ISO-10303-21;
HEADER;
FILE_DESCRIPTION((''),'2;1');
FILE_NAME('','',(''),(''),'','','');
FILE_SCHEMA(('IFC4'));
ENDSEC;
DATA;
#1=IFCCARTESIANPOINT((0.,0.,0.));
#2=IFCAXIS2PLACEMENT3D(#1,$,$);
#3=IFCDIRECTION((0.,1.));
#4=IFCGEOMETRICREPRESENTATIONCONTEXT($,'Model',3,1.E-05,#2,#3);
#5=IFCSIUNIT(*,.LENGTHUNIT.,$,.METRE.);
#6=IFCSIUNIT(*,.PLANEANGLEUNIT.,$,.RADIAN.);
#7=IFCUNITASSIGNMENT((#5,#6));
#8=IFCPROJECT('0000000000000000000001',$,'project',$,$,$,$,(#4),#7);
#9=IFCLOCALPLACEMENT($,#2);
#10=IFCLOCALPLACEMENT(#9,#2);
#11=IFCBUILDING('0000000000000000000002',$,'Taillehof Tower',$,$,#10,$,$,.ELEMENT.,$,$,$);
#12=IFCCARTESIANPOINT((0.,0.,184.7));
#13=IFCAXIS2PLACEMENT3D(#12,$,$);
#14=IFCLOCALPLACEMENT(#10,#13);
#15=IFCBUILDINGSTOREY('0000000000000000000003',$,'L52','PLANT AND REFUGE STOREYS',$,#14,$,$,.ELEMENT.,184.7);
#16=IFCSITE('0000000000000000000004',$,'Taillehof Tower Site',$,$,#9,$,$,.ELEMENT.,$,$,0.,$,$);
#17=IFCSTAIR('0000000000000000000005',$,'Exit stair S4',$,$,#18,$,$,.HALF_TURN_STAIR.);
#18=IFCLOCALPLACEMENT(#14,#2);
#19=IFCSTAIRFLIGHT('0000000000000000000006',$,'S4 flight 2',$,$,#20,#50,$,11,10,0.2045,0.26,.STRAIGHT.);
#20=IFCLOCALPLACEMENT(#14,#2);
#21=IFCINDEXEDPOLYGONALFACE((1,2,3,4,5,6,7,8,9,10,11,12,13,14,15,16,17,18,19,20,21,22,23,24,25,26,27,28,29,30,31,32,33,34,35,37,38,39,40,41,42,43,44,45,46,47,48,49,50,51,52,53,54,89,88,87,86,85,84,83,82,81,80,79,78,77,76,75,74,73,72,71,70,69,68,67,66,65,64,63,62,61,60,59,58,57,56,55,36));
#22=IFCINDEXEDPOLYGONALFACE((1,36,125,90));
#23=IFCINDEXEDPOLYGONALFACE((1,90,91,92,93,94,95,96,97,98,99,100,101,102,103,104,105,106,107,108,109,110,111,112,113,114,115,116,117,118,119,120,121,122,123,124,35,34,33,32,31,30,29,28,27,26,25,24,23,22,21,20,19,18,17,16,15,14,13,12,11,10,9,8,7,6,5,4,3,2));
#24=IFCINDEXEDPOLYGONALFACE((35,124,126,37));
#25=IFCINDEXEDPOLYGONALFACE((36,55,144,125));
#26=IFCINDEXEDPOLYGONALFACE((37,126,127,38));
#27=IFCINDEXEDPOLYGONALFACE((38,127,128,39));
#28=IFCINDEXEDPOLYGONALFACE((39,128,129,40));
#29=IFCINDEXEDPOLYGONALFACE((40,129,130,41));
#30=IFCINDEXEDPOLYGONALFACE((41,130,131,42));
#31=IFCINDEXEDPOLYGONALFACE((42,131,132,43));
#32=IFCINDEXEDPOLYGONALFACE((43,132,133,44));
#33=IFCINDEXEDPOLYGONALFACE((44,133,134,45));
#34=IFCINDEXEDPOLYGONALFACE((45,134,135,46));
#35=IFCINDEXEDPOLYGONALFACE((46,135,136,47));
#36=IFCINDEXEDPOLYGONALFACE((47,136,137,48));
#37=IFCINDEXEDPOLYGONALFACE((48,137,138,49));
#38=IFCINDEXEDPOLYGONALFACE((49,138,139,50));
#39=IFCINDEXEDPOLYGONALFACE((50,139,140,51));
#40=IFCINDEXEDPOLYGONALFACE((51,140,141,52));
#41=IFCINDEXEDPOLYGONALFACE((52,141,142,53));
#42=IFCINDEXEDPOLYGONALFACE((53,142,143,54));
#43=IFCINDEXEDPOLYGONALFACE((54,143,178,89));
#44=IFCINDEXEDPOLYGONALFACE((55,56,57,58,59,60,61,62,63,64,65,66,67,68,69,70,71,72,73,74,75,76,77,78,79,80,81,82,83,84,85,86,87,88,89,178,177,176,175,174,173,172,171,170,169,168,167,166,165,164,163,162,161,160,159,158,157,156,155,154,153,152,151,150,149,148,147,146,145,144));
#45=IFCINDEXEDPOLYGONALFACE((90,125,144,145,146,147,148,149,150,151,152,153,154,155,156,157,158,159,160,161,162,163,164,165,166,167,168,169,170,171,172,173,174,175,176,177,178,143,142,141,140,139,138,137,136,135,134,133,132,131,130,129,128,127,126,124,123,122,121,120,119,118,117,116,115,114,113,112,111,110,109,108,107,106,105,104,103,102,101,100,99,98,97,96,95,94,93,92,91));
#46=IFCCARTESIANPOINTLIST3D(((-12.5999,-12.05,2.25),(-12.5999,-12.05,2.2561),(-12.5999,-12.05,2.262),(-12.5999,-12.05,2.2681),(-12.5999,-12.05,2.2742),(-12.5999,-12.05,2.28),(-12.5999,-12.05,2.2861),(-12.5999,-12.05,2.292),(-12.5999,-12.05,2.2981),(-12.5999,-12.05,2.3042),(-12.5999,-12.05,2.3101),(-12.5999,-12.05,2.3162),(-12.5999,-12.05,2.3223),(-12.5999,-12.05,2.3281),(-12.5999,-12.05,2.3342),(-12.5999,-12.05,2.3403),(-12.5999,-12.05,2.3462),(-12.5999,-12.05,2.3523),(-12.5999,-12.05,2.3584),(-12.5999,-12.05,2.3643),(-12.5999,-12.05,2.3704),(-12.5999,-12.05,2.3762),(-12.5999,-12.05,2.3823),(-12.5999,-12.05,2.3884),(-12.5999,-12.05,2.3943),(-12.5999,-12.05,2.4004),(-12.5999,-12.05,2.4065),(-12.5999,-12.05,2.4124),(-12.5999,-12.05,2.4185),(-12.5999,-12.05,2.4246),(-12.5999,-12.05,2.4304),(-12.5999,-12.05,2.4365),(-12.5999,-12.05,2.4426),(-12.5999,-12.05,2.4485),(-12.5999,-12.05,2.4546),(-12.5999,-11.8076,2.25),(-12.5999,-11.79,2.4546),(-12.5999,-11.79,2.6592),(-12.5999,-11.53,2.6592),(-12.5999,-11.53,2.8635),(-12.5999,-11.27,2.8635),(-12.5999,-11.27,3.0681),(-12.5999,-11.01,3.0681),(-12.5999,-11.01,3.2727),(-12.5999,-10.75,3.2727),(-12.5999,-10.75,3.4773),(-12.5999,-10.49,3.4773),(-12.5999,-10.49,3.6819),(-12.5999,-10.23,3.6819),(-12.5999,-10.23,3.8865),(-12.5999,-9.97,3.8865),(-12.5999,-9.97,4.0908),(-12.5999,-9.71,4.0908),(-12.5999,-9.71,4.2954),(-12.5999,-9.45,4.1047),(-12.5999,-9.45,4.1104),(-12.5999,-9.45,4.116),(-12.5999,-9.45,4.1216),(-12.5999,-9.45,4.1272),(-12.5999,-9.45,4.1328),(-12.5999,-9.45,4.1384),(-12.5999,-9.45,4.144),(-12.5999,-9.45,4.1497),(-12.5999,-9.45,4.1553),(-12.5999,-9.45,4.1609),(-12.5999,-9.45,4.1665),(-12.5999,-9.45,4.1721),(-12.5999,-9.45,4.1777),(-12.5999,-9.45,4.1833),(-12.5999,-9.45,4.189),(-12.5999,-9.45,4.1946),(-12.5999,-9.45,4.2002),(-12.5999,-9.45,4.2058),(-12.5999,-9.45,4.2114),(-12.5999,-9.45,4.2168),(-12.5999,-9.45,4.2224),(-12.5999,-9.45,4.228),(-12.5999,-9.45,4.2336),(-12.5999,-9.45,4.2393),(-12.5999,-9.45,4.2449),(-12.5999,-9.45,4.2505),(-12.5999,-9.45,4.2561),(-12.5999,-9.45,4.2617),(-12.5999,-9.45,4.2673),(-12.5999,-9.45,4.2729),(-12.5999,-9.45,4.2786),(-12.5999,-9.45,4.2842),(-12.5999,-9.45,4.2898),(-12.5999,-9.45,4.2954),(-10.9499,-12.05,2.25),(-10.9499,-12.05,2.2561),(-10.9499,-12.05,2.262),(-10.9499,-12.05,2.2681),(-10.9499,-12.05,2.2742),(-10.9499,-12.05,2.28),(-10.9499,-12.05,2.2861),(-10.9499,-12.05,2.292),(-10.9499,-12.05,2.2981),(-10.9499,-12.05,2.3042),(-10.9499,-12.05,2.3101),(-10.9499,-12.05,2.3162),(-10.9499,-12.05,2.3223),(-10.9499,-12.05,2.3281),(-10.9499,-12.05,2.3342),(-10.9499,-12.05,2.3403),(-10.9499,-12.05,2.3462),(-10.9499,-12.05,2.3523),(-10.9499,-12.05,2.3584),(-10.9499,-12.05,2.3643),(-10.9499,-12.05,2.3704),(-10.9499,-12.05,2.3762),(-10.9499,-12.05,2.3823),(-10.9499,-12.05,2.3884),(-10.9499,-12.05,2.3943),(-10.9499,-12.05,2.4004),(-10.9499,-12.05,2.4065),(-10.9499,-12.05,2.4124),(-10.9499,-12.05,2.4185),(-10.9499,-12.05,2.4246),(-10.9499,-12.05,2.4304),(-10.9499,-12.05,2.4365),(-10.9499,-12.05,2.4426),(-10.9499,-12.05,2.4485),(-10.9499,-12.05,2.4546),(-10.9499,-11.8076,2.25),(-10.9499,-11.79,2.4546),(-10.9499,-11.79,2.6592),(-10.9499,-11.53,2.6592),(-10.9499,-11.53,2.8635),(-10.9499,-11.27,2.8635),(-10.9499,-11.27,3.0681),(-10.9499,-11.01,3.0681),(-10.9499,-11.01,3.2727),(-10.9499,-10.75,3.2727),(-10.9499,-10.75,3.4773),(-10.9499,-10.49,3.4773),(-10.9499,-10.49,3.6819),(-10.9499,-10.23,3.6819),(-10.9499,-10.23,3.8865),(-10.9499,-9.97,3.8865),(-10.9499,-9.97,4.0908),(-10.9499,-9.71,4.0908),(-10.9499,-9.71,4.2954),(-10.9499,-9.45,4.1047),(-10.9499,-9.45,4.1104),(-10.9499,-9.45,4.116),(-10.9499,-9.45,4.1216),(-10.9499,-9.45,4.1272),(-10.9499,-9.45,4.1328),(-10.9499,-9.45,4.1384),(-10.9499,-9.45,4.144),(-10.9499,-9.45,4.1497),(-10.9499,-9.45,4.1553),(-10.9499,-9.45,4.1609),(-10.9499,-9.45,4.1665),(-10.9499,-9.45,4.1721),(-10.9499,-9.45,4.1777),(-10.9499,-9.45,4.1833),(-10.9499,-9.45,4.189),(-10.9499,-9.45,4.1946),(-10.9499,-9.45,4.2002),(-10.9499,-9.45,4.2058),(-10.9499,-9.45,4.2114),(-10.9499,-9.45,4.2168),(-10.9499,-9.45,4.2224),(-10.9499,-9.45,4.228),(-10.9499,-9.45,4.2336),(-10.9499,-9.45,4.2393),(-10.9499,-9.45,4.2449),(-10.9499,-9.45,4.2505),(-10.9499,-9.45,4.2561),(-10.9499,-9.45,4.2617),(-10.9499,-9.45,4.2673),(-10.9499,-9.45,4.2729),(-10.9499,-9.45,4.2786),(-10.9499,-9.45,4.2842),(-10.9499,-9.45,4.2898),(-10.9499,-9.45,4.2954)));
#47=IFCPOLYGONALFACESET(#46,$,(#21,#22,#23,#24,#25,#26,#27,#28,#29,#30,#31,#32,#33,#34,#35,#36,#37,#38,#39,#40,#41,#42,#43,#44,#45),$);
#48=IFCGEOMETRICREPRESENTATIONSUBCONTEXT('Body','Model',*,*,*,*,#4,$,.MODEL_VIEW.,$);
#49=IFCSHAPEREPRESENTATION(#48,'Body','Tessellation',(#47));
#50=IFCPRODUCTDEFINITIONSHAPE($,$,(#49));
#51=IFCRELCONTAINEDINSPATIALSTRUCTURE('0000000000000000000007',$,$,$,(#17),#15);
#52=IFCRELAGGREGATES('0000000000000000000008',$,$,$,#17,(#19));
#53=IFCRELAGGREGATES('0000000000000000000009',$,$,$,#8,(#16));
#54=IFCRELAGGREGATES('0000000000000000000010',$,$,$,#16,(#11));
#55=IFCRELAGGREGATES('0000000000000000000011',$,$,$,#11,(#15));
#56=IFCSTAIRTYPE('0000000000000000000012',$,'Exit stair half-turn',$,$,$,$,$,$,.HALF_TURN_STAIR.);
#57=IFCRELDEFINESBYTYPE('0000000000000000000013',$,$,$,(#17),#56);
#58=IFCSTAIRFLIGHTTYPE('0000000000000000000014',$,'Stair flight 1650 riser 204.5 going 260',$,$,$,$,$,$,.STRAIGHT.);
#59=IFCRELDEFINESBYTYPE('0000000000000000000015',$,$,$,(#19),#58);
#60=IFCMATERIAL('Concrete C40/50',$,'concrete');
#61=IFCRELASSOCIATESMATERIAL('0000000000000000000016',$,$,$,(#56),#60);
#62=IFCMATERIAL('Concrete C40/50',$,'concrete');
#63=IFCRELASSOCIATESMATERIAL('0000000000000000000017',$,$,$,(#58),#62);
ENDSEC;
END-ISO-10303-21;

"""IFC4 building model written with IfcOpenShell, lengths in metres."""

from ifc_helpers import new_model, si_unit, direction, frame, origin, place, context, subcontext, project, spatial, polyline, outline, extrude, material, type_object, element, aggregate, save


model = new_model("IFC4")

# Units and contexts
model_context = context("Model", 3, precision=1e-05, world=origin(), true_north=direction((0.0, 1.0)))
body_context = subcontext(model_context, "Body", "Model", "MODEL_VIEW")
ifc_project = project(units=[si_unit("LENGTHUNIT", "METRE"), si_unit("PLANEANGLEUNIT", "RADIAN")], contexts=[model_context])

# Site, building, storey
site_placement = place(None, origin())
site = spatial("IfcSite", under=ifc_project, at=site_placement, Name="Taillehof Tower Site", CompositionType="ELEMENT", RefElevation=0.0)
building_placement = place(site_placement, origin())
building = spatial("IfcBuilding", under=site, at=building_placement, Name="Taillehof Tower", CompositionType="ELEMENT")
storey_placement = place(building_placement, frame((0.0, 0.0, 184.7)))
storey = spatial("IfcBuildingStorey", under=building, at=storey_placement, Name="L52", Description="PLANT AND REFUGE STOREYS", CompositionType="ELEMENT", Elevation=184.7)

# Stair, stair flight
ifc_material_1 = material(Name="Concrete C40/50", Category="concrete")
stair_type = type_object("IfcStairType", Name="Exit stair half-turn", PredefinedType="HALF_TURN_STAIR", material=ifc_material_1)
stair_placement = place(storey_placement, origin())
stair = element("IfcStair", 1, at=stair_placement, inside=storey, type_object=stair_type, Name="Exit stair S4", PredefinedType="HALF_TURN_STAIR")
ifc_material_2 = material(Name="Concrete C40/50", Category="concrete")
stair_flight_type = type_object("IfcStairFlightType", Name="Stair flight 1650 riser 204.5 going 260", PredefinedType="STRAIGHT", material=ifc_material_2)
stair_flight_placement = place(storey_placement, frame((-11.7749, -12.05, 2.25), z_axis=(0.0, 0.0, 1.0), x_axis=(0.0, 1.0, 0.0)))
stair_flight = element("IfcStairFlight", 2, at=stair_flight_placement, type_object=stair_flight_type, Name="S4 flight 2", NumberOfRisers=11, NumberOfTreads=10, PredefinedType="STRAIGHT", RiserHeight=0.2045, TreadLength=0.26, context=body_context, shape_type="SweptSolid", body=[
    extrude(outline(polyline([(0.0, 0.0), (0.0, 0.0061), (0.0, 0.012), (0.0, 0.0181), (0.0, 0.0242), (0.0, 0.03), (0.0, 0.0361), (0.0, 0.042), (0.0, 0.0481), (0.0, 0.0542), (0.0, 0.0601), (0.0, 0.0662), (0.0, 0.0723), (0.0, 0.0781), (0.0, 0.0842), (0.0, 0.0903), (0.0, 0.0962), (0.0, 0.1023), (0.0, 0.1084), (0.0, 0.1143), (0.0, 0.1204), (0.0, 0.1262), (0.0, 0.1323), (0.0, 0.1384), (0.0, 0.1443), (0.0, 0.1504), (0.0, 0.1565), (0.0, 0.1624), (0.0, 0.1685), (0.0, 0.1746), (0.0, 0.1804), (0.0, 0.1865), (0.0, 0.1926), (0.0, 0.1985), (0.0, 0.2046), (0.26, 0.2046), (0.26, 0.4092), (0.52, 0.4092), (0.52, 0.6135), (0.78, 0.6135), (0.78, 0.8181), (1.04, 0.8181), (1.04, 1.0227), (1.3, 1.0227), (1.3, 1.2273), (1.5601, 1.2273), (1.5601, 1.4319), (1.8201, 1.4319), (1.8201, 1.6365), (2.0801, 1.6365), (2.0801, 1.8408), (2.3401, 1.8408), (2.3401, 2.0454), (2.6001, 2.0454), (2.6001, 2.0398), (2.6001, 2.0342), (2.6001, 2.0286), (2.6001, 2.0229), (2.6001, 2.0173), (2.6001, 2.0117), (2.6001, 2.0061), (2.6001, 2.0005), (2.6001, 1.9949), (2.6001, 1.9893), (2.6001, 1.9836), (2.6001, 1.978), (2.6001, 1.9724), (2.6001, 1.9668), (2.6001, 1.9614), (2.6001, 1.9558), (2.6001, 1.9502), (2.6001, 1.9446), (2.6001, 1.939), (2.6001, 1.9333), (2.6001, 1.9277), (2.6001, 1.9221), (2.6001, 1.9165), (2.6001, 1.9109), (2.6001, 1.9053), (2.6001, 1.8997), (2.6001, 1.894), (2.6001, 1.8884), (2.6001, 1.8828), (2.6001, 1.8772), (2.6001, 1.8716), (2.6001, 1.866), (2.6001, 1.8604), (2.6001, 1.8547), (0.2424, 0.0), (0.0, 0.0)])), frame((0.0, 0.825, 0.0), z_axis=(0.0, -1.0, 0.0), x_axis=(1.0, 0.0, 0.0)), (0.0, 0.0, 1.0), 1.65),
])
aggregate(stair, [stair_flight])

save(model, "model.ifc")
